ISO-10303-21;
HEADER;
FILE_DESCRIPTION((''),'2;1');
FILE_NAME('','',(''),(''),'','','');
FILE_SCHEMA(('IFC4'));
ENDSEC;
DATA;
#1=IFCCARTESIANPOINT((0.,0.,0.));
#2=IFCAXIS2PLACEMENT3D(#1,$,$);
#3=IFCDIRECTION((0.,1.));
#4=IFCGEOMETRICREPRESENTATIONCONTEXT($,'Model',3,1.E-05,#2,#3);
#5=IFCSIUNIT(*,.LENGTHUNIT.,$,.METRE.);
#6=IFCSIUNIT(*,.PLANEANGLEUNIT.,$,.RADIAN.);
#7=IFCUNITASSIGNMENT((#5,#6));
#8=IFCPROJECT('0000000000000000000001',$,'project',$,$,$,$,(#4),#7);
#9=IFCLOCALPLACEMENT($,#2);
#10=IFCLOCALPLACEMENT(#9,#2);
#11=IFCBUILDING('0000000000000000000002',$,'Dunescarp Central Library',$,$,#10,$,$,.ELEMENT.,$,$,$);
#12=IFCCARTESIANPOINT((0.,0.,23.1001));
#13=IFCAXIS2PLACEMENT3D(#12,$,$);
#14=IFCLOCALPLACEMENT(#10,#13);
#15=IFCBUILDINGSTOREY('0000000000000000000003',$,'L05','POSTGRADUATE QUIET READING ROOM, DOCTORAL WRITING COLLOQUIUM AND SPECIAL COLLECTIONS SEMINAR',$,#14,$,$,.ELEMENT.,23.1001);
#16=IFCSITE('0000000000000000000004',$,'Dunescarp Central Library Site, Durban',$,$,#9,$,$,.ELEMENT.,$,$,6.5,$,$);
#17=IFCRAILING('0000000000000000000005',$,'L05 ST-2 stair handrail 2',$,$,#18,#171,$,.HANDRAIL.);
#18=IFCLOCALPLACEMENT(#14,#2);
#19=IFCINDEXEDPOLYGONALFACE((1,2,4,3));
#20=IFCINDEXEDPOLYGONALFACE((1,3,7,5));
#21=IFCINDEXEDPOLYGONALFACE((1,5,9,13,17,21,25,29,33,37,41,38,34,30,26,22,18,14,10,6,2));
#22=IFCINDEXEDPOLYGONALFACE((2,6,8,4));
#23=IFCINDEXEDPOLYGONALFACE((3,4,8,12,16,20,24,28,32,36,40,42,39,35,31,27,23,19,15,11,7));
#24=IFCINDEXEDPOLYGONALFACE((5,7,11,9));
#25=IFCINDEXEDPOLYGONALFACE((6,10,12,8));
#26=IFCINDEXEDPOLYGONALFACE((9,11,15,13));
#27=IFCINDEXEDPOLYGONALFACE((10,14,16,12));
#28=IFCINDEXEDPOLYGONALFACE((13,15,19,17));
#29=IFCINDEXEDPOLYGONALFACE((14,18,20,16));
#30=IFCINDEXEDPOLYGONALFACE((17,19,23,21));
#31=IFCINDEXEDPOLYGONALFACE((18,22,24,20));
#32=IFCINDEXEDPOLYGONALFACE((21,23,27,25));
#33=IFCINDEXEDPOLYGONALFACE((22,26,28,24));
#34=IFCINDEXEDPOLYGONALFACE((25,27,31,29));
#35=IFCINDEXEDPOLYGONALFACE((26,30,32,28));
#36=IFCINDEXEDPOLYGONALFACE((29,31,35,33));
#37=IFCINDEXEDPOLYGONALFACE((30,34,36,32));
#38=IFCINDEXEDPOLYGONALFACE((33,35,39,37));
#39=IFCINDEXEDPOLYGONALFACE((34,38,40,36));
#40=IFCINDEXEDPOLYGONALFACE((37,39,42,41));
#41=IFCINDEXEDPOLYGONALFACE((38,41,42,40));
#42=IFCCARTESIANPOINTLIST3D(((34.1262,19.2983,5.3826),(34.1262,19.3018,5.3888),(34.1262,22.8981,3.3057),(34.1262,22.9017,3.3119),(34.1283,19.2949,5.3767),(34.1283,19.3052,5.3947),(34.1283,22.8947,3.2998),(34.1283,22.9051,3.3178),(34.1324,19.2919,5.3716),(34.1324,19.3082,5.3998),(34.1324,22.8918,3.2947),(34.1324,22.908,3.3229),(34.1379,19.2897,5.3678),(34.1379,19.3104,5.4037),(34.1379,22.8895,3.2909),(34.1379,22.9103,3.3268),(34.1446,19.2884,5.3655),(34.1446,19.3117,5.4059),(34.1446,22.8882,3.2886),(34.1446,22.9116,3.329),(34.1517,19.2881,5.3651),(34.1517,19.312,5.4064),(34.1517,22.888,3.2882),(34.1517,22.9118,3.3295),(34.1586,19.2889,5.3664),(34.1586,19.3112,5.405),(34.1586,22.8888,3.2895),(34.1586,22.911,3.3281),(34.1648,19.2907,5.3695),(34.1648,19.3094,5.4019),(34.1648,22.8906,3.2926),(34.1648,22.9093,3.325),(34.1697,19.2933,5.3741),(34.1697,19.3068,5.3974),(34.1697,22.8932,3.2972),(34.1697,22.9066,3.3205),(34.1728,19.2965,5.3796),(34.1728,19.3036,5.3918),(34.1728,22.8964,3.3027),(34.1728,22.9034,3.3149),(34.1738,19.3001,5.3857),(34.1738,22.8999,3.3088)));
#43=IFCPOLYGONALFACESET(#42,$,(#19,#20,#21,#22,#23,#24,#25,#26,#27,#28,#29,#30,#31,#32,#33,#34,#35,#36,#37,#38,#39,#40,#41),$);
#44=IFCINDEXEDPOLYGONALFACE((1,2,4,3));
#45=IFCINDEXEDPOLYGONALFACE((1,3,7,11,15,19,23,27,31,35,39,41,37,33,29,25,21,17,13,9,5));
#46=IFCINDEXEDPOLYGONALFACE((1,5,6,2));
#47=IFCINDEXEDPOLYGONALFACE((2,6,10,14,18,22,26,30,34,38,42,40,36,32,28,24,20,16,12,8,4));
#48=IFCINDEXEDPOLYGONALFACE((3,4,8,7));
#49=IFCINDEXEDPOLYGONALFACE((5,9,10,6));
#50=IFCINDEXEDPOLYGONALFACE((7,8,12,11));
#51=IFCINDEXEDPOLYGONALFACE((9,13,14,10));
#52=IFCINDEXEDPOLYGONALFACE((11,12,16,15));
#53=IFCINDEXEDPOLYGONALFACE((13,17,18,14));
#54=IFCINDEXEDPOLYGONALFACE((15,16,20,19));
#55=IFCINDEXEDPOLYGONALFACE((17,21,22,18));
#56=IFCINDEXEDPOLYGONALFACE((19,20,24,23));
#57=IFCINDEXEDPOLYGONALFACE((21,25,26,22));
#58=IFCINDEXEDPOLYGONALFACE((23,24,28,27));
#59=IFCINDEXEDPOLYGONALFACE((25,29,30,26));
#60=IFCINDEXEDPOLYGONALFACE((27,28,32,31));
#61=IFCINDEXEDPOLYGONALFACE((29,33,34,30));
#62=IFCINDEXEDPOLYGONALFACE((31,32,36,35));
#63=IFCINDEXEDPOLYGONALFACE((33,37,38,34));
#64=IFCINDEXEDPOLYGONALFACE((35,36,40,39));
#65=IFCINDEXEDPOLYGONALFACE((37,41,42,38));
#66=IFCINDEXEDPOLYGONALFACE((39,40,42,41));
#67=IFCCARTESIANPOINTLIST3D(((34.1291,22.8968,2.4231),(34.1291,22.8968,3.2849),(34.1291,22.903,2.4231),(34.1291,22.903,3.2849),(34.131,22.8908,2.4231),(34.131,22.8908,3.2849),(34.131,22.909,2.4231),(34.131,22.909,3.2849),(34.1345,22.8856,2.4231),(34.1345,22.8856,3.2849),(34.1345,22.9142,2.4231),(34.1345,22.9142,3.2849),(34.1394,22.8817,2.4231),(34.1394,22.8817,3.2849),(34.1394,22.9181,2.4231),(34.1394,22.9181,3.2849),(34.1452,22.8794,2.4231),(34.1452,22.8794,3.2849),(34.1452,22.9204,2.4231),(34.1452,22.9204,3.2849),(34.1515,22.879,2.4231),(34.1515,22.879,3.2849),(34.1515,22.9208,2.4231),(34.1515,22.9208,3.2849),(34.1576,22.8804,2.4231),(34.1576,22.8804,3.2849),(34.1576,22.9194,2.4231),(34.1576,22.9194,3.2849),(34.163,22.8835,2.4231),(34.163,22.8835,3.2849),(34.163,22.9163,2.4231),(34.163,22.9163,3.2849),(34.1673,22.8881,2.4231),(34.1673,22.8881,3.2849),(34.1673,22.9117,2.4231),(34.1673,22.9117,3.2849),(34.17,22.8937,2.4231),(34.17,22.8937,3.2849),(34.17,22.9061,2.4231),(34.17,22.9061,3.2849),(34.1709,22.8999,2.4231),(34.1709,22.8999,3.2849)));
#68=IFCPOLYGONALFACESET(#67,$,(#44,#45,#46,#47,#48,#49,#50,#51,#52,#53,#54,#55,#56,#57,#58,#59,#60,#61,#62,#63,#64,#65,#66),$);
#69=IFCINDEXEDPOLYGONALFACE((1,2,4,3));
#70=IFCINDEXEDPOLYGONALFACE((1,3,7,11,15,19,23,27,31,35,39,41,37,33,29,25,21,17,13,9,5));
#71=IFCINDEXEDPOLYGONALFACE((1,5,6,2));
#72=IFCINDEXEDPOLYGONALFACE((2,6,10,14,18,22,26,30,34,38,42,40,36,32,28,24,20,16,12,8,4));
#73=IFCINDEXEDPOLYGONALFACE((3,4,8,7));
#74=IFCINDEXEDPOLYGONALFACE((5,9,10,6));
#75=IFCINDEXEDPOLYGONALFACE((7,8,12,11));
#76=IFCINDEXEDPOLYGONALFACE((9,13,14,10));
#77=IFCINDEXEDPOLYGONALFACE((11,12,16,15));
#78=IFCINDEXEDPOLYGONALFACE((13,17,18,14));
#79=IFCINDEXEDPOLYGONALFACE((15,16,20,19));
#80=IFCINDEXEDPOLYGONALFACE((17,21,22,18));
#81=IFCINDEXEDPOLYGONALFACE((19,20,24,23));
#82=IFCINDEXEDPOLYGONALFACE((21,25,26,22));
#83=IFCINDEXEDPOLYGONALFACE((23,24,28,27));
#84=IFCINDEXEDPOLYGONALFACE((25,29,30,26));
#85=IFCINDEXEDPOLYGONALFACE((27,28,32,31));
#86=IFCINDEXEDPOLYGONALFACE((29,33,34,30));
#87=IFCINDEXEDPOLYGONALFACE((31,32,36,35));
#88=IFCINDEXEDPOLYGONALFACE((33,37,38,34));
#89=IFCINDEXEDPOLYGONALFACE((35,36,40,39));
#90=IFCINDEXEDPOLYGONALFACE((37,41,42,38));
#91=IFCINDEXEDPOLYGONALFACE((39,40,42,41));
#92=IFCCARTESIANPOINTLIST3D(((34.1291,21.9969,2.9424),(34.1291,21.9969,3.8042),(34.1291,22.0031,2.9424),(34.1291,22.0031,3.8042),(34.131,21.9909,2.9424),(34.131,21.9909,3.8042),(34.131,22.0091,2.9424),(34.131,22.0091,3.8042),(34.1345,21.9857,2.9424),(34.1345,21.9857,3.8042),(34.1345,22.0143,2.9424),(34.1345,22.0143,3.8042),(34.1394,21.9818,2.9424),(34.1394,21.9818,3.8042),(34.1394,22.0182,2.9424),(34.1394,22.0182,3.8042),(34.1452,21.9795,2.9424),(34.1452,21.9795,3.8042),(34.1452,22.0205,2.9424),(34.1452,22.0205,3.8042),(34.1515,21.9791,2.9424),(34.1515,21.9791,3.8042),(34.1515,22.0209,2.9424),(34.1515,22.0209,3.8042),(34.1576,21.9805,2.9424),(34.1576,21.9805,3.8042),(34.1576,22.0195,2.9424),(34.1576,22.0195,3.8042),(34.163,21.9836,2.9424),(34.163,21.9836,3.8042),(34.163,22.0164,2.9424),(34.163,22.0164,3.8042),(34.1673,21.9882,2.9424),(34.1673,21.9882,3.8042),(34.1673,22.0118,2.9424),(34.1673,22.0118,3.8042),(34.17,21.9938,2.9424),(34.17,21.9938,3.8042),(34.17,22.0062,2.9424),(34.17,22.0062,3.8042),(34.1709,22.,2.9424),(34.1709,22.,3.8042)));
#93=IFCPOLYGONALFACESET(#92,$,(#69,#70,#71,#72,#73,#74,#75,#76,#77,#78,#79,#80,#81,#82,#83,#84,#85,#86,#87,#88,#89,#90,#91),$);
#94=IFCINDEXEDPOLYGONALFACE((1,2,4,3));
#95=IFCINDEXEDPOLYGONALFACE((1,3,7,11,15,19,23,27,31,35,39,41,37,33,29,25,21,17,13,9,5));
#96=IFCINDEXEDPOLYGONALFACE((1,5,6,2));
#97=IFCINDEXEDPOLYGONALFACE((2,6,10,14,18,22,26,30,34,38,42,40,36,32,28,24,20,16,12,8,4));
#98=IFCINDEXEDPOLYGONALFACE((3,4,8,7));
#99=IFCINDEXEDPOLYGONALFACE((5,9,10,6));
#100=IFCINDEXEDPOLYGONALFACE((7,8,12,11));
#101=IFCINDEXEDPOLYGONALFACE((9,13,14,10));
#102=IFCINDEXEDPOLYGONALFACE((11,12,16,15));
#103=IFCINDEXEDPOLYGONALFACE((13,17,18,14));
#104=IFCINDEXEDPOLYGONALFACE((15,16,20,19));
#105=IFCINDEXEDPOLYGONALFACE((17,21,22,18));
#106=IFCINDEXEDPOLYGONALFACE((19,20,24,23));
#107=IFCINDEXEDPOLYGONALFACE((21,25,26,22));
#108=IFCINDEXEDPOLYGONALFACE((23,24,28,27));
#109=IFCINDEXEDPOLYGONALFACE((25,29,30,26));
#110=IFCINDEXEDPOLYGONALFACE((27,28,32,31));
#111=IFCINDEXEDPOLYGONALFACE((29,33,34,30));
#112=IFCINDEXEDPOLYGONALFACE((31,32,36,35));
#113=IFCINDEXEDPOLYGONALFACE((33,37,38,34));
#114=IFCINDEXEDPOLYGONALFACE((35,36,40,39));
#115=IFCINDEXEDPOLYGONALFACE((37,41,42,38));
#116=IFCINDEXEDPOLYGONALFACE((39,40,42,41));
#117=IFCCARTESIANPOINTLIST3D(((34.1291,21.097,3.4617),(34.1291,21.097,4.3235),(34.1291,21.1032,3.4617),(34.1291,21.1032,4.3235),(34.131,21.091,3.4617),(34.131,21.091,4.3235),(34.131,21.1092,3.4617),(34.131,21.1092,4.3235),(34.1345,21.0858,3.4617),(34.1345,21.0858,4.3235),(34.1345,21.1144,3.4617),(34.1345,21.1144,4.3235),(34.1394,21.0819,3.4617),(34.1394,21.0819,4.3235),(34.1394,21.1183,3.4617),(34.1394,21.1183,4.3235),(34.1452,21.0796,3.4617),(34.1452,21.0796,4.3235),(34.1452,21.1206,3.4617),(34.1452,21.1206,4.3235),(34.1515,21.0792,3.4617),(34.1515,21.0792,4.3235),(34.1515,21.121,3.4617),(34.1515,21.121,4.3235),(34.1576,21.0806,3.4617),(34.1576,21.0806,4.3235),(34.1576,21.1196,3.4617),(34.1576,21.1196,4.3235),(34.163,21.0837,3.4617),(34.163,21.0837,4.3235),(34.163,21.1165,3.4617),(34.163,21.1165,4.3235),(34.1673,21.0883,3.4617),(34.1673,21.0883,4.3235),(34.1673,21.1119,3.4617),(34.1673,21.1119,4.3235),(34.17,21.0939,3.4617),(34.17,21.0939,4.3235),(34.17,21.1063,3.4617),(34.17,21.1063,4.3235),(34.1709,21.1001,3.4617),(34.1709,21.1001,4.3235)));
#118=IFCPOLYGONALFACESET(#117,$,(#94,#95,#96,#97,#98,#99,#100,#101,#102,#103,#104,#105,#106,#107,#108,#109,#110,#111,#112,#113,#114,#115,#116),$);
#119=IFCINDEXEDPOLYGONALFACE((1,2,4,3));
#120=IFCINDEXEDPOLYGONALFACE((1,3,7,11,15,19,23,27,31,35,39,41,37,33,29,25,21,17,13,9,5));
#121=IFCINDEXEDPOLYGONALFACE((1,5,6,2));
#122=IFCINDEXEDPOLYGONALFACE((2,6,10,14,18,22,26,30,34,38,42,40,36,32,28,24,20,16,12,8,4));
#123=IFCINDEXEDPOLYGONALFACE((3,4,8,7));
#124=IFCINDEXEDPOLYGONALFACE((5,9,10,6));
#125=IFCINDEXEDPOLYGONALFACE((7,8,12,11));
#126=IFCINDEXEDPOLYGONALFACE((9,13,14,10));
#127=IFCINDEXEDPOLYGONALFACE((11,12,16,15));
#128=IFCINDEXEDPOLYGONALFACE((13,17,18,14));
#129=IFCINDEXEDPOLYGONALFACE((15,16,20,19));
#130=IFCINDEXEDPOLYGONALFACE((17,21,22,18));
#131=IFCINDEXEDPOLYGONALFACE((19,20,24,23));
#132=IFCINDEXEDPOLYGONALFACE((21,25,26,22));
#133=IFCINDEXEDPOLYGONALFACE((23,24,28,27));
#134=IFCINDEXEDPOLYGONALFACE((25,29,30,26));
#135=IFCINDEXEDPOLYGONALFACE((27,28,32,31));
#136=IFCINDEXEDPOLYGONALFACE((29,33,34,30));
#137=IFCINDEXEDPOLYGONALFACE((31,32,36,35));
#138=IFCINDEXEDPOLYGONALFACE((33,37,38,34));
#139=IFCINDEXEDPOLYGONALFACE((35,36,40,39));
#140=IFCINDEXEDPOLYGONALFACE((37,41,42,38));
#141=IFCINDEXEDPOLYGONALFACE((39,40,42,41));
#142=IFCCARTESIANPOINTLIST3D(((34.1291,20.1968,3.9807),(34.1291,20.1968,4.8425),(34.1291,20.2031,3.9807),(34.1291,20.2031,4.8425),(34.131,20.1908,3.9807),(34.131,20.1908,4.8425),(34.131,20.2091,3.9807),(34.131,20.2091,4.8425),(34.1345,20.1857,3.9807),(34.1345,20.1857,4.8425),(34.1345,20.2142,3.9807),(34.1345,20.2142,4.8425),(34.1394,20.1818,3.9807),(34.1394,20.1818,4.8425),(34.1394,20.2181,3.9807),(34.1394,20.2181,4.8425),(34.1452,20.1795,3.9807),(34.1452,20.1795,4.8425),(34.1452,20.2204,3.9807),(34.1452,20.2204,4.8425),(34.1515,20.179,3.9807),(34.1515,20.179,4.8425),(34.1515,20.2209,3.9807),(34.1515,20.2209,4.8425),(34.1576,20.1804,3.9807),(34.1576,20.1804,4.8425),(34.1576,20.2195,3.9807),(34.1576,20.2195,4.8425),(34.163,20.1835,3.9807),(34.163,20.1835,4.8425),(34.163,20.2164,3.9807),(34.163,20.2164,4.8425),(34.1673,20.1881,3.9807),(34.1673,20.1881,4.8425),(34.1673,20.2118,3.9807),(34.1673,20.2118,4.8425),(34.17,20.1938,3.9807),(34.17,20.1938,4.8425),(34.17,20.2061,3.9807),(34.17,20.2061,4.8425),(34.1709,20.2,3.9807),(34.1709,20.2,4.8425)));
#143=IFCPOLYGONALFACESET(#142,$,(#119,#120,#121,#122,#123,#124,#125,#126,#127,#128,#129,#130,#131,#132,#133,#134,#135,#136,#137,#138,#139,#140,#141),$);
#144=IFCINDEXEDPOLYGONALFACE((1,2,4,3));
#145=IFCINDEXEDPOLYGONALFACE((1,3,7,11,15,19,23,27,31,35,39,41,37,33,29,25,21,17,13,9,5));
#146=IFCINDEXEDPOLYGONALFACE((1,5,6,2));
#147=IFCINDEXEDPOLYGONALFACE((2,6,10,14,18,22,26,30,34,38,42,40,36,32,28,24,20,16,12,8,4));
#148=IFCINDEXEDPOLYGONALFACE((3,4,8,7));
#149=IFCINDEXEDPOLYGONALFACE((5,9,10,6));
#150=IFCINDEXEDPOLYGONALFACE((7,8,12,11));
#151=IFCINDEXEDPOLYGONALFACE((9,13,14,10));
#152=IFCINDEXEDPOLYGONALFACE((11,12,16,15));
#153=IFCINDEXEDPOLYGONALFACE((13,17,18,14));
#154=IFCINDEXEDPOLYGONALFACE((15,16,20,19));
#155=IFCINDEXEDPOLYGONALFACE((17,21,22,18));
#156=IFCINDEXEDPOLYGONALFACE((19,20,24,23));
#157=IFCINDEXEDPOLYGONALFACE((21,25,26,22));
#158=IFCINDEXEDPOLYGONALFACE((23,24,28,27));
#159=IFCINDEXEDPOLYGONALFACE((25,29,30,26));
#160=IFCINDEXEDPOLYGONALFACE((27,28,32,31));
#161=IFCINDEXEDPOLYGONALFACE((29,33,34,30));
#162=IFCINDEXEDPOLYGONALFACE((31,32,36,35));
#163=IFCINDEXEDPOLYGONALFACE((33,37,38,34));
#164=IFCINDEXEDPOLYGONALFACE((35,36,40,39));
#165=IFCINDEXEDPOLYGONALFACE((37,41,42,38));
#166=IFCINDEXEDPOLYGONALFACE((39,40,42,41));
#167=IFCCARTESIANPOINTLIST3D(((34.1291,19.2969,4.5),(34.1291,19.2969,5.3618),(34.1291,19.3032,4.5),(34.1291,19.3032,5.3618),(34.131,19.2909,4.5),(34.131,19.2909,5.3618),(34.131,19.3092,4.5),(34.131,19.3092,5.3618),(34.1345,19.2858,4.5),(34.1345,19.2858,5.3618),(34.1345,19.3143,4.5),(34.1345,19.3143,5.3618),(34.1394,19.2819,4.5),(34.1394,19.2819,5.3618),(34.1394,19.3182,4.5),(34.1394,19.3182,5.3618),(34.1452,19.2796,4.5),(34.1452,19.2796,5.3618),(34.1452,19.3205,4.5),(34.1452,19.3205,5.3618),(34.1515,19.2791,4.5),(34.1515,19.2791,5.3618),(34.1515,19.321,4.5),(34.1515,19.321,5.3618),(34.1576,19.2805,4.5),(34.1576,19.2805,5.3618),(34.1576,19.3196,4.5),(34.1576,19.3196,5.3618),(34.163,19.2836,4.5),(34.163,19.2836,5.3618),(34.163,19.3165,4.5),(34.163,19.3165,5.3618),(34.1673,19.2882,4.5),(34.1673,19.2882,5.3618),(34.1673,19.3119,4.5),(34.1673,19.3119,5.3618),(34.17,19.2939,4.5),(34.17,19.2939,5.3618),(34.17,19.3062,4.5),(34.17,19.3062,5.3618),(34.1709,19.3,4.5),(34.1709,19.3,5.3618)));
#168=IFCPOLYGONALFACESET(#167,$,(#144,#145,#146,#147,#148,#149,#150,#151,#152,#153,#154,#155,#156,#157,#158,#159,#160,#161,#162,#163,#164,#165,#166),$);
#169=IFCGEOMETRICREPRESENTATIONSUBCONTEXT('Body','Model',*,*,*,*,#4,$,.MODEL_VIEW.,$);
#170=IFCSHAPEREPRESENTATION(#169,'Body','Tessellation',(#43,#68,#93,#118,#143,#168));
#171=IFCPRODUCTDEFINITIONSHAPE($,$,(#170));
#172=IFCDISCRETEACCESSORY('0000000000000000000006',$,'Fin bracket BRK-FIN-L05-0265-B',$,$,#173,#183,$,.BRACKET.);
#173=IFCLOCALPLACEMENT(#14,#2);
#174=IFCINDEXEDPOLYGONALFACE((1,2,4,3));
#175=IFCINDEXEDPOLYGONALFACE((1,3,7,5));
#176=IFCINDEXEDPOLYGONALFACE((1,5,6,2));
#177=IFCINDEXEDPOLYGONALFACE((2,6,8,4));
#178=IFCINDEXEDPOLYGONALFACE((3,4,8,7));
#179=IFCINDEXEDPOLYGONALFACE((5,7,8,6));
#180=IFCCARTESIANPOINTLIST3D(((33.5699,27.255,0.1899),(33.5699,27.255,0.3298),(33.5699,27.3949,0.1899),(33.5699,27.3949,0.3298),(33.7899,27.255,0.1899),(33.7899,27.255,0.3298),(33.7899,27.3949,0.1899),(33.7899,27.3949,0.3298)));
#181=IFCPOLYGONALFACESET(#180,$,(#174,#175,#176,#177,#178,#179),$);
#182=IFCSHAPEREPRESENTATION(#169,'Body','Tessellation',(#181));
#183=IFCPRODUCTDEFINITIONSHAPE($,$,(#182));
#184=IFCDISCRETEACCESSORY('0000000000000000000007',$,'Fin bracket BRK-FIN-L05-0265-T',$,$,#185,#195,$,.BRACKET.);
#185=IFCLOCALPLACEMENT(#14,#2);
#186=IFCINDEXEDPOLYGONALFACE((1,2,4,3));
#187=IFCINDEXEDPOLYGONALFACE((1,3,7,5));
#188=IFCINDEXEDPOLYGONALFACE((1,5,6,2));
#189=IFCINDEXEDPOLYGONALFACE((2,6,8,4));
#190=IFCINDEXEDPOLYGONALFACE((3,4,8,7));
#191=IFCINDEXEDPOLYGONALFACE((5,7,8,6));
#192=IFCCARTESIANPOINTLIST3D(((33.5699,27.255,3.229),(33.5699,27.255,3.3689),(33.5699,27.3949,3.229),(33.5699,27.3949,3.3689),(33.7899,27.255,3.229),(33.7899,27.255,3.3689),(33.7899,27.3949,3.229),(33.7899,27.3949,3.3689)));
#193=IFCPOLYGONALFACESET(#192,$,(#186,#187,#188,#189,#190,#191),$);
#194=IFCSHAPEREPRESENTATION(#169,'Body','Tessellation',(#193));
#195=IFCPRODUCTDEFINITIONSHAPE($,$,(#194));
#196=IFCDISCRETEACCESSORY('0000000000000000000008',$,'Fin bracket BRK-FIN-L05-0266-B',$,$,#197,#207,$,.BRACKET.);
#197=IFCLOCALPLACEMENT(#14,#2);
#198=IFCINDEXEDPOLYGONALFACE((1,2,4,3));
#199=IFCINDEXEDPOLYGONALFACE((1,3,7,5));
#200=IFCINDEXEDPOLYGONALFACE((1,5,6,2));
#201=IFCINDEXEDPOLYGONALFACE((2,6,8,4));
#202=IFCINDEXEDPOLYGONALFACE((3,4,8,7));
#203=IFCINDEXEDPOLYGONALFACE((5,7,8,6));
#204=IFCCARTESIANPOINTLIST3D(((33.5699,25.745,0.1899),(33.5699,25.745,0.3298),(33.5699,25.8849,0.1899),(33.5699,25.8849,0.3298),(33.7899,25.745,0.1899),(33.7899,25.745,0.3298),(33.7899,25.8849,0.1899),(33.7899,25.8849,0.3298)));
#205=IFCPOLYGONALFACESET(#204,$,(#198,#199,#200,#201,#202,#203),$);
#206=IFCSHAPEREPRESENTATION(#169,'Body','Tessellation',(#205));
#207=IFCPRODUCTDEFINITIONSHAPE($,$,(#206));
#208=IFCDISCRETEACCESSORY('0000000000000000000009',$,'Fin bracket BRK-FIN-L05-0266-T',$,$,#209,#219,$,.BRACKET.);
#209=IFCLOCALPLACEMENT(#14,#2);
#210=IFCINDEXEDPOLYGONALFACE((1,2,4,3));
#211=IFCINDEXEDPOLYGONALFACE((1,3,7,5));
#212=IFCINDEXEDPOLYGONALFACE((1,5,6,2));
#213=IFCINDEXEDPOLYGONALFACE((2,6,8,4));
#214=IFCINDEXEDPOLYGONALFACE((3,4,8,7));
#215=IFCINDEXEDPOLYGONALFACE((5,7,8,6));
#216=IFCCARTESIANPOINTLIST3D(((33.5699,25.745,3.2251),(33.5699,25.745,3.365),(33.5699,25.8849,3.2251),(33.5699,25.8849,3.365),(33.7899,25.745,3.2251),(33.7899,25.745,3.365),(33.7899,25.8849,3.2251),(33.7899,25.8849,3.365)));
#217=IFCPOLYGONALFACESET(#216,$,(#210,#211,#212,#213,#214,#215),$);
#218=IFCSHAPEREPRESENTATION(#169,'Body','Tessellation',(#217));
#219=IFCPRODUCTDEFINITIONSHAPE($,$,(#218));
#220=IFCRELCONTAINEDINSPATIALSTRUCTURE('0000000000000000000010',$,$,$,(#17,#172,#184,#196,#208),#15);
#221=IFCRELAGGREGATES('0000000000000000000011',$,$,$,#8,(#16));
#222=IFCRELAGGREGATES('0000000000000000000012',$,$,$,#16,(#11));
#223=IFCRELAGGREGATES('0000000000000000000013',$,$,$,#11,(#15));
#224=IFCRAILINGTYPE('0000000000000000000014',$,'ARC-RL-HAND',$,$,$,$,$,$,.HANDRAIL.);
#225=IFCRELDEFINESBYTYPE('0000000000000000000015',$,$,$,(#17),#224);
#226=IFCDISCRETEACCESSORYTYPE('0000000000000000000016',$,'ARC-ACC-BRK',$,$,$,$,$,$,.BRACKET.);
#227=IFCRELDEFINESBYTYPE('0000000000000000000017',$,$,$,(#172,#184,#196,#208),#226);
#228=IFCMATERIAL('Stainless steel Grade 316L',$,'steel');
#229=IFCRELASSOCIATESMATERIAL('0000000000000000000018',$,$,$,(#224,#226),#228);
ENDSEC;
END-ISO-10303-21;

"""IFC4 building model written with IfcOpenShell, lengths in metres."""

from ifc_helpers import new_model, si_unit, direction, frame, origin, origin_2d, place, context, subcontext, project, spatial, rectangle, circle, extrude, material, type_object, element, save


model = new_model("IFC4")

# Units and contexts
model_context = context("Model", 3, precision=1e-05, world=origin(), true_north=direction((0.0, 1.0)))
body_context = subcontext(model_context, "Body", "Model", "MODEL_VIEW")
ifc_project = project(units=[si_unit("LENGTHUNIT", "METRE"), si_unit("PLANEANGLEUNIT", "RADIAN")], contexts=[model_context])

# Site, building, storey
site_placement = place(None, origin())
site = spatial("IfcSite", under=ifc_project, at=site_placement, Name="Dunescarp Central Library Site, Durban", CompositionType="ELEMENT", RefElevation=6.5)
building_placement = place(site_placement, origin())
building = spatial("IfcBuilding", under=site, at=building_placement, Name="Dunescarp Central Library", CompositionType="ELEMENT")
storey_placement = place(building_placement, frame((0.0, 0.0, 23.1001)))
storey = spatial("IfcBuildingStorey", under=building, at=storey_placement, Name="L05", Description="POSTGRADUATE QUIET READING ROOM, DOCTORAL WRITING COLLOQUIUM AND SPECIAL COLLECTIONS SEMINAR", CompositionType="ELEMENT", Elevation=23.1001)

# Railing
ifc_material_1 = material(Name="Stainless steel Grade 316L", Category="steel")
railing_type_1 = type_object("IfcRailingType", Name="ARC-RL-HAND", PredefinedType="HANDRAIL", material=ifc_material_1)
railing_1_placement = place(storey_placement, frame((34.1499, 22.8999, 2.4231)))
element("IfcRailing", 1, at=railing_1_placement, inside=storey, type_object=railing_type_1, Name="L05 ST-2 stair handrail 2", PredefinedType="HANDRAIL", context=body_context, shape_type="SweptSolid", body=[
    extrude(circle(Radius=0.0239, at=origin_2d()), frame((0.0, 0.0, 0.8857), z_axis=(0.0, -0.866179, 0.499734), x_axis=(1.0, 0.0, 0.0)), (0.0, 0.0, 1.0), 4.156),
    extrude(circle(Radius=0.021, at=origin_2d()), origin(), (0.0, 0.0, 1.0), 0.8618),
    extrude(circle(Radius=0.021, at=origin_2d()), frame((0.0, -0.8999, 0.5193)), (0.0, 0.0, 1.0), 0.8618),
    extrude(circle(Radius=0.021, at=origin_2d()), frame((0.0, -1.7998, 1.0386)), (0.0, 0.0, 1.0), 0.8618),
    extrude(circle(Radius=0.021, at=origin_2d()), frame((0.0, -2.7, 1.5576)), (0.0, 0.0, 1.0), 0.8618),
    extrude(circle(Radius=0.021, at=origin_2d()), frame((0.0, -3.5999, 2.0769)), (0.0, 0.0, 1.0), 0.8618),
])

# Discrete accessories
discrete_accessory_type = type_object("IfcDiscreteAccessoryType", Name="ARC-ACC-BRK", PredefinedType="BRACKET", material=ifc_material_1)
for number, where, z_axis, x_axis, name in (
    (2, (33.6799, 27.325, 0.1899), (0.0, 0.0, 1.0), (1.0, 0.0, 0.0), "Fin bracket BRK-FIN-L05-0265-B"),
    (3, (33.6799, 27.325, 3.229), (0.0, 0.0, 1.0), (1.0, 0.0, 0.0), "Fin bracket BRK-FIN-L05-0265-T"),
    (4, (33.6799, 25.8149, 0.1899), (0.0, 0.0, 1.0), (1.0, 0.0, 0.0), "Fin bracket BRK-FIN-L05-0266-B"),
    (5, (33.6799, 25.8149, 3.2251), (0.0, 0.0, 1.0), (1.0, 0.0, 0.0), "Fin bracket BRK-FIN-L05-0266-T"),
):
    element("IfcDiscreteAccessory", number, at=place(storey_placement, frame(where, z_axis=z_axis, x_axis=x_axis)), inside=storey, type_object=discrete_accessory_type, Name=name, PredefinedType="BRACKET", context=body_context, shape_type="SweptSolid", body=[
        extrude(rectangle(XDim=0.22, YDim=0.1399, at=origin_2d()), origin(), (0.0, 0.0, 1.0), 0.1399),
    ])

save(model, "model.ifc")
